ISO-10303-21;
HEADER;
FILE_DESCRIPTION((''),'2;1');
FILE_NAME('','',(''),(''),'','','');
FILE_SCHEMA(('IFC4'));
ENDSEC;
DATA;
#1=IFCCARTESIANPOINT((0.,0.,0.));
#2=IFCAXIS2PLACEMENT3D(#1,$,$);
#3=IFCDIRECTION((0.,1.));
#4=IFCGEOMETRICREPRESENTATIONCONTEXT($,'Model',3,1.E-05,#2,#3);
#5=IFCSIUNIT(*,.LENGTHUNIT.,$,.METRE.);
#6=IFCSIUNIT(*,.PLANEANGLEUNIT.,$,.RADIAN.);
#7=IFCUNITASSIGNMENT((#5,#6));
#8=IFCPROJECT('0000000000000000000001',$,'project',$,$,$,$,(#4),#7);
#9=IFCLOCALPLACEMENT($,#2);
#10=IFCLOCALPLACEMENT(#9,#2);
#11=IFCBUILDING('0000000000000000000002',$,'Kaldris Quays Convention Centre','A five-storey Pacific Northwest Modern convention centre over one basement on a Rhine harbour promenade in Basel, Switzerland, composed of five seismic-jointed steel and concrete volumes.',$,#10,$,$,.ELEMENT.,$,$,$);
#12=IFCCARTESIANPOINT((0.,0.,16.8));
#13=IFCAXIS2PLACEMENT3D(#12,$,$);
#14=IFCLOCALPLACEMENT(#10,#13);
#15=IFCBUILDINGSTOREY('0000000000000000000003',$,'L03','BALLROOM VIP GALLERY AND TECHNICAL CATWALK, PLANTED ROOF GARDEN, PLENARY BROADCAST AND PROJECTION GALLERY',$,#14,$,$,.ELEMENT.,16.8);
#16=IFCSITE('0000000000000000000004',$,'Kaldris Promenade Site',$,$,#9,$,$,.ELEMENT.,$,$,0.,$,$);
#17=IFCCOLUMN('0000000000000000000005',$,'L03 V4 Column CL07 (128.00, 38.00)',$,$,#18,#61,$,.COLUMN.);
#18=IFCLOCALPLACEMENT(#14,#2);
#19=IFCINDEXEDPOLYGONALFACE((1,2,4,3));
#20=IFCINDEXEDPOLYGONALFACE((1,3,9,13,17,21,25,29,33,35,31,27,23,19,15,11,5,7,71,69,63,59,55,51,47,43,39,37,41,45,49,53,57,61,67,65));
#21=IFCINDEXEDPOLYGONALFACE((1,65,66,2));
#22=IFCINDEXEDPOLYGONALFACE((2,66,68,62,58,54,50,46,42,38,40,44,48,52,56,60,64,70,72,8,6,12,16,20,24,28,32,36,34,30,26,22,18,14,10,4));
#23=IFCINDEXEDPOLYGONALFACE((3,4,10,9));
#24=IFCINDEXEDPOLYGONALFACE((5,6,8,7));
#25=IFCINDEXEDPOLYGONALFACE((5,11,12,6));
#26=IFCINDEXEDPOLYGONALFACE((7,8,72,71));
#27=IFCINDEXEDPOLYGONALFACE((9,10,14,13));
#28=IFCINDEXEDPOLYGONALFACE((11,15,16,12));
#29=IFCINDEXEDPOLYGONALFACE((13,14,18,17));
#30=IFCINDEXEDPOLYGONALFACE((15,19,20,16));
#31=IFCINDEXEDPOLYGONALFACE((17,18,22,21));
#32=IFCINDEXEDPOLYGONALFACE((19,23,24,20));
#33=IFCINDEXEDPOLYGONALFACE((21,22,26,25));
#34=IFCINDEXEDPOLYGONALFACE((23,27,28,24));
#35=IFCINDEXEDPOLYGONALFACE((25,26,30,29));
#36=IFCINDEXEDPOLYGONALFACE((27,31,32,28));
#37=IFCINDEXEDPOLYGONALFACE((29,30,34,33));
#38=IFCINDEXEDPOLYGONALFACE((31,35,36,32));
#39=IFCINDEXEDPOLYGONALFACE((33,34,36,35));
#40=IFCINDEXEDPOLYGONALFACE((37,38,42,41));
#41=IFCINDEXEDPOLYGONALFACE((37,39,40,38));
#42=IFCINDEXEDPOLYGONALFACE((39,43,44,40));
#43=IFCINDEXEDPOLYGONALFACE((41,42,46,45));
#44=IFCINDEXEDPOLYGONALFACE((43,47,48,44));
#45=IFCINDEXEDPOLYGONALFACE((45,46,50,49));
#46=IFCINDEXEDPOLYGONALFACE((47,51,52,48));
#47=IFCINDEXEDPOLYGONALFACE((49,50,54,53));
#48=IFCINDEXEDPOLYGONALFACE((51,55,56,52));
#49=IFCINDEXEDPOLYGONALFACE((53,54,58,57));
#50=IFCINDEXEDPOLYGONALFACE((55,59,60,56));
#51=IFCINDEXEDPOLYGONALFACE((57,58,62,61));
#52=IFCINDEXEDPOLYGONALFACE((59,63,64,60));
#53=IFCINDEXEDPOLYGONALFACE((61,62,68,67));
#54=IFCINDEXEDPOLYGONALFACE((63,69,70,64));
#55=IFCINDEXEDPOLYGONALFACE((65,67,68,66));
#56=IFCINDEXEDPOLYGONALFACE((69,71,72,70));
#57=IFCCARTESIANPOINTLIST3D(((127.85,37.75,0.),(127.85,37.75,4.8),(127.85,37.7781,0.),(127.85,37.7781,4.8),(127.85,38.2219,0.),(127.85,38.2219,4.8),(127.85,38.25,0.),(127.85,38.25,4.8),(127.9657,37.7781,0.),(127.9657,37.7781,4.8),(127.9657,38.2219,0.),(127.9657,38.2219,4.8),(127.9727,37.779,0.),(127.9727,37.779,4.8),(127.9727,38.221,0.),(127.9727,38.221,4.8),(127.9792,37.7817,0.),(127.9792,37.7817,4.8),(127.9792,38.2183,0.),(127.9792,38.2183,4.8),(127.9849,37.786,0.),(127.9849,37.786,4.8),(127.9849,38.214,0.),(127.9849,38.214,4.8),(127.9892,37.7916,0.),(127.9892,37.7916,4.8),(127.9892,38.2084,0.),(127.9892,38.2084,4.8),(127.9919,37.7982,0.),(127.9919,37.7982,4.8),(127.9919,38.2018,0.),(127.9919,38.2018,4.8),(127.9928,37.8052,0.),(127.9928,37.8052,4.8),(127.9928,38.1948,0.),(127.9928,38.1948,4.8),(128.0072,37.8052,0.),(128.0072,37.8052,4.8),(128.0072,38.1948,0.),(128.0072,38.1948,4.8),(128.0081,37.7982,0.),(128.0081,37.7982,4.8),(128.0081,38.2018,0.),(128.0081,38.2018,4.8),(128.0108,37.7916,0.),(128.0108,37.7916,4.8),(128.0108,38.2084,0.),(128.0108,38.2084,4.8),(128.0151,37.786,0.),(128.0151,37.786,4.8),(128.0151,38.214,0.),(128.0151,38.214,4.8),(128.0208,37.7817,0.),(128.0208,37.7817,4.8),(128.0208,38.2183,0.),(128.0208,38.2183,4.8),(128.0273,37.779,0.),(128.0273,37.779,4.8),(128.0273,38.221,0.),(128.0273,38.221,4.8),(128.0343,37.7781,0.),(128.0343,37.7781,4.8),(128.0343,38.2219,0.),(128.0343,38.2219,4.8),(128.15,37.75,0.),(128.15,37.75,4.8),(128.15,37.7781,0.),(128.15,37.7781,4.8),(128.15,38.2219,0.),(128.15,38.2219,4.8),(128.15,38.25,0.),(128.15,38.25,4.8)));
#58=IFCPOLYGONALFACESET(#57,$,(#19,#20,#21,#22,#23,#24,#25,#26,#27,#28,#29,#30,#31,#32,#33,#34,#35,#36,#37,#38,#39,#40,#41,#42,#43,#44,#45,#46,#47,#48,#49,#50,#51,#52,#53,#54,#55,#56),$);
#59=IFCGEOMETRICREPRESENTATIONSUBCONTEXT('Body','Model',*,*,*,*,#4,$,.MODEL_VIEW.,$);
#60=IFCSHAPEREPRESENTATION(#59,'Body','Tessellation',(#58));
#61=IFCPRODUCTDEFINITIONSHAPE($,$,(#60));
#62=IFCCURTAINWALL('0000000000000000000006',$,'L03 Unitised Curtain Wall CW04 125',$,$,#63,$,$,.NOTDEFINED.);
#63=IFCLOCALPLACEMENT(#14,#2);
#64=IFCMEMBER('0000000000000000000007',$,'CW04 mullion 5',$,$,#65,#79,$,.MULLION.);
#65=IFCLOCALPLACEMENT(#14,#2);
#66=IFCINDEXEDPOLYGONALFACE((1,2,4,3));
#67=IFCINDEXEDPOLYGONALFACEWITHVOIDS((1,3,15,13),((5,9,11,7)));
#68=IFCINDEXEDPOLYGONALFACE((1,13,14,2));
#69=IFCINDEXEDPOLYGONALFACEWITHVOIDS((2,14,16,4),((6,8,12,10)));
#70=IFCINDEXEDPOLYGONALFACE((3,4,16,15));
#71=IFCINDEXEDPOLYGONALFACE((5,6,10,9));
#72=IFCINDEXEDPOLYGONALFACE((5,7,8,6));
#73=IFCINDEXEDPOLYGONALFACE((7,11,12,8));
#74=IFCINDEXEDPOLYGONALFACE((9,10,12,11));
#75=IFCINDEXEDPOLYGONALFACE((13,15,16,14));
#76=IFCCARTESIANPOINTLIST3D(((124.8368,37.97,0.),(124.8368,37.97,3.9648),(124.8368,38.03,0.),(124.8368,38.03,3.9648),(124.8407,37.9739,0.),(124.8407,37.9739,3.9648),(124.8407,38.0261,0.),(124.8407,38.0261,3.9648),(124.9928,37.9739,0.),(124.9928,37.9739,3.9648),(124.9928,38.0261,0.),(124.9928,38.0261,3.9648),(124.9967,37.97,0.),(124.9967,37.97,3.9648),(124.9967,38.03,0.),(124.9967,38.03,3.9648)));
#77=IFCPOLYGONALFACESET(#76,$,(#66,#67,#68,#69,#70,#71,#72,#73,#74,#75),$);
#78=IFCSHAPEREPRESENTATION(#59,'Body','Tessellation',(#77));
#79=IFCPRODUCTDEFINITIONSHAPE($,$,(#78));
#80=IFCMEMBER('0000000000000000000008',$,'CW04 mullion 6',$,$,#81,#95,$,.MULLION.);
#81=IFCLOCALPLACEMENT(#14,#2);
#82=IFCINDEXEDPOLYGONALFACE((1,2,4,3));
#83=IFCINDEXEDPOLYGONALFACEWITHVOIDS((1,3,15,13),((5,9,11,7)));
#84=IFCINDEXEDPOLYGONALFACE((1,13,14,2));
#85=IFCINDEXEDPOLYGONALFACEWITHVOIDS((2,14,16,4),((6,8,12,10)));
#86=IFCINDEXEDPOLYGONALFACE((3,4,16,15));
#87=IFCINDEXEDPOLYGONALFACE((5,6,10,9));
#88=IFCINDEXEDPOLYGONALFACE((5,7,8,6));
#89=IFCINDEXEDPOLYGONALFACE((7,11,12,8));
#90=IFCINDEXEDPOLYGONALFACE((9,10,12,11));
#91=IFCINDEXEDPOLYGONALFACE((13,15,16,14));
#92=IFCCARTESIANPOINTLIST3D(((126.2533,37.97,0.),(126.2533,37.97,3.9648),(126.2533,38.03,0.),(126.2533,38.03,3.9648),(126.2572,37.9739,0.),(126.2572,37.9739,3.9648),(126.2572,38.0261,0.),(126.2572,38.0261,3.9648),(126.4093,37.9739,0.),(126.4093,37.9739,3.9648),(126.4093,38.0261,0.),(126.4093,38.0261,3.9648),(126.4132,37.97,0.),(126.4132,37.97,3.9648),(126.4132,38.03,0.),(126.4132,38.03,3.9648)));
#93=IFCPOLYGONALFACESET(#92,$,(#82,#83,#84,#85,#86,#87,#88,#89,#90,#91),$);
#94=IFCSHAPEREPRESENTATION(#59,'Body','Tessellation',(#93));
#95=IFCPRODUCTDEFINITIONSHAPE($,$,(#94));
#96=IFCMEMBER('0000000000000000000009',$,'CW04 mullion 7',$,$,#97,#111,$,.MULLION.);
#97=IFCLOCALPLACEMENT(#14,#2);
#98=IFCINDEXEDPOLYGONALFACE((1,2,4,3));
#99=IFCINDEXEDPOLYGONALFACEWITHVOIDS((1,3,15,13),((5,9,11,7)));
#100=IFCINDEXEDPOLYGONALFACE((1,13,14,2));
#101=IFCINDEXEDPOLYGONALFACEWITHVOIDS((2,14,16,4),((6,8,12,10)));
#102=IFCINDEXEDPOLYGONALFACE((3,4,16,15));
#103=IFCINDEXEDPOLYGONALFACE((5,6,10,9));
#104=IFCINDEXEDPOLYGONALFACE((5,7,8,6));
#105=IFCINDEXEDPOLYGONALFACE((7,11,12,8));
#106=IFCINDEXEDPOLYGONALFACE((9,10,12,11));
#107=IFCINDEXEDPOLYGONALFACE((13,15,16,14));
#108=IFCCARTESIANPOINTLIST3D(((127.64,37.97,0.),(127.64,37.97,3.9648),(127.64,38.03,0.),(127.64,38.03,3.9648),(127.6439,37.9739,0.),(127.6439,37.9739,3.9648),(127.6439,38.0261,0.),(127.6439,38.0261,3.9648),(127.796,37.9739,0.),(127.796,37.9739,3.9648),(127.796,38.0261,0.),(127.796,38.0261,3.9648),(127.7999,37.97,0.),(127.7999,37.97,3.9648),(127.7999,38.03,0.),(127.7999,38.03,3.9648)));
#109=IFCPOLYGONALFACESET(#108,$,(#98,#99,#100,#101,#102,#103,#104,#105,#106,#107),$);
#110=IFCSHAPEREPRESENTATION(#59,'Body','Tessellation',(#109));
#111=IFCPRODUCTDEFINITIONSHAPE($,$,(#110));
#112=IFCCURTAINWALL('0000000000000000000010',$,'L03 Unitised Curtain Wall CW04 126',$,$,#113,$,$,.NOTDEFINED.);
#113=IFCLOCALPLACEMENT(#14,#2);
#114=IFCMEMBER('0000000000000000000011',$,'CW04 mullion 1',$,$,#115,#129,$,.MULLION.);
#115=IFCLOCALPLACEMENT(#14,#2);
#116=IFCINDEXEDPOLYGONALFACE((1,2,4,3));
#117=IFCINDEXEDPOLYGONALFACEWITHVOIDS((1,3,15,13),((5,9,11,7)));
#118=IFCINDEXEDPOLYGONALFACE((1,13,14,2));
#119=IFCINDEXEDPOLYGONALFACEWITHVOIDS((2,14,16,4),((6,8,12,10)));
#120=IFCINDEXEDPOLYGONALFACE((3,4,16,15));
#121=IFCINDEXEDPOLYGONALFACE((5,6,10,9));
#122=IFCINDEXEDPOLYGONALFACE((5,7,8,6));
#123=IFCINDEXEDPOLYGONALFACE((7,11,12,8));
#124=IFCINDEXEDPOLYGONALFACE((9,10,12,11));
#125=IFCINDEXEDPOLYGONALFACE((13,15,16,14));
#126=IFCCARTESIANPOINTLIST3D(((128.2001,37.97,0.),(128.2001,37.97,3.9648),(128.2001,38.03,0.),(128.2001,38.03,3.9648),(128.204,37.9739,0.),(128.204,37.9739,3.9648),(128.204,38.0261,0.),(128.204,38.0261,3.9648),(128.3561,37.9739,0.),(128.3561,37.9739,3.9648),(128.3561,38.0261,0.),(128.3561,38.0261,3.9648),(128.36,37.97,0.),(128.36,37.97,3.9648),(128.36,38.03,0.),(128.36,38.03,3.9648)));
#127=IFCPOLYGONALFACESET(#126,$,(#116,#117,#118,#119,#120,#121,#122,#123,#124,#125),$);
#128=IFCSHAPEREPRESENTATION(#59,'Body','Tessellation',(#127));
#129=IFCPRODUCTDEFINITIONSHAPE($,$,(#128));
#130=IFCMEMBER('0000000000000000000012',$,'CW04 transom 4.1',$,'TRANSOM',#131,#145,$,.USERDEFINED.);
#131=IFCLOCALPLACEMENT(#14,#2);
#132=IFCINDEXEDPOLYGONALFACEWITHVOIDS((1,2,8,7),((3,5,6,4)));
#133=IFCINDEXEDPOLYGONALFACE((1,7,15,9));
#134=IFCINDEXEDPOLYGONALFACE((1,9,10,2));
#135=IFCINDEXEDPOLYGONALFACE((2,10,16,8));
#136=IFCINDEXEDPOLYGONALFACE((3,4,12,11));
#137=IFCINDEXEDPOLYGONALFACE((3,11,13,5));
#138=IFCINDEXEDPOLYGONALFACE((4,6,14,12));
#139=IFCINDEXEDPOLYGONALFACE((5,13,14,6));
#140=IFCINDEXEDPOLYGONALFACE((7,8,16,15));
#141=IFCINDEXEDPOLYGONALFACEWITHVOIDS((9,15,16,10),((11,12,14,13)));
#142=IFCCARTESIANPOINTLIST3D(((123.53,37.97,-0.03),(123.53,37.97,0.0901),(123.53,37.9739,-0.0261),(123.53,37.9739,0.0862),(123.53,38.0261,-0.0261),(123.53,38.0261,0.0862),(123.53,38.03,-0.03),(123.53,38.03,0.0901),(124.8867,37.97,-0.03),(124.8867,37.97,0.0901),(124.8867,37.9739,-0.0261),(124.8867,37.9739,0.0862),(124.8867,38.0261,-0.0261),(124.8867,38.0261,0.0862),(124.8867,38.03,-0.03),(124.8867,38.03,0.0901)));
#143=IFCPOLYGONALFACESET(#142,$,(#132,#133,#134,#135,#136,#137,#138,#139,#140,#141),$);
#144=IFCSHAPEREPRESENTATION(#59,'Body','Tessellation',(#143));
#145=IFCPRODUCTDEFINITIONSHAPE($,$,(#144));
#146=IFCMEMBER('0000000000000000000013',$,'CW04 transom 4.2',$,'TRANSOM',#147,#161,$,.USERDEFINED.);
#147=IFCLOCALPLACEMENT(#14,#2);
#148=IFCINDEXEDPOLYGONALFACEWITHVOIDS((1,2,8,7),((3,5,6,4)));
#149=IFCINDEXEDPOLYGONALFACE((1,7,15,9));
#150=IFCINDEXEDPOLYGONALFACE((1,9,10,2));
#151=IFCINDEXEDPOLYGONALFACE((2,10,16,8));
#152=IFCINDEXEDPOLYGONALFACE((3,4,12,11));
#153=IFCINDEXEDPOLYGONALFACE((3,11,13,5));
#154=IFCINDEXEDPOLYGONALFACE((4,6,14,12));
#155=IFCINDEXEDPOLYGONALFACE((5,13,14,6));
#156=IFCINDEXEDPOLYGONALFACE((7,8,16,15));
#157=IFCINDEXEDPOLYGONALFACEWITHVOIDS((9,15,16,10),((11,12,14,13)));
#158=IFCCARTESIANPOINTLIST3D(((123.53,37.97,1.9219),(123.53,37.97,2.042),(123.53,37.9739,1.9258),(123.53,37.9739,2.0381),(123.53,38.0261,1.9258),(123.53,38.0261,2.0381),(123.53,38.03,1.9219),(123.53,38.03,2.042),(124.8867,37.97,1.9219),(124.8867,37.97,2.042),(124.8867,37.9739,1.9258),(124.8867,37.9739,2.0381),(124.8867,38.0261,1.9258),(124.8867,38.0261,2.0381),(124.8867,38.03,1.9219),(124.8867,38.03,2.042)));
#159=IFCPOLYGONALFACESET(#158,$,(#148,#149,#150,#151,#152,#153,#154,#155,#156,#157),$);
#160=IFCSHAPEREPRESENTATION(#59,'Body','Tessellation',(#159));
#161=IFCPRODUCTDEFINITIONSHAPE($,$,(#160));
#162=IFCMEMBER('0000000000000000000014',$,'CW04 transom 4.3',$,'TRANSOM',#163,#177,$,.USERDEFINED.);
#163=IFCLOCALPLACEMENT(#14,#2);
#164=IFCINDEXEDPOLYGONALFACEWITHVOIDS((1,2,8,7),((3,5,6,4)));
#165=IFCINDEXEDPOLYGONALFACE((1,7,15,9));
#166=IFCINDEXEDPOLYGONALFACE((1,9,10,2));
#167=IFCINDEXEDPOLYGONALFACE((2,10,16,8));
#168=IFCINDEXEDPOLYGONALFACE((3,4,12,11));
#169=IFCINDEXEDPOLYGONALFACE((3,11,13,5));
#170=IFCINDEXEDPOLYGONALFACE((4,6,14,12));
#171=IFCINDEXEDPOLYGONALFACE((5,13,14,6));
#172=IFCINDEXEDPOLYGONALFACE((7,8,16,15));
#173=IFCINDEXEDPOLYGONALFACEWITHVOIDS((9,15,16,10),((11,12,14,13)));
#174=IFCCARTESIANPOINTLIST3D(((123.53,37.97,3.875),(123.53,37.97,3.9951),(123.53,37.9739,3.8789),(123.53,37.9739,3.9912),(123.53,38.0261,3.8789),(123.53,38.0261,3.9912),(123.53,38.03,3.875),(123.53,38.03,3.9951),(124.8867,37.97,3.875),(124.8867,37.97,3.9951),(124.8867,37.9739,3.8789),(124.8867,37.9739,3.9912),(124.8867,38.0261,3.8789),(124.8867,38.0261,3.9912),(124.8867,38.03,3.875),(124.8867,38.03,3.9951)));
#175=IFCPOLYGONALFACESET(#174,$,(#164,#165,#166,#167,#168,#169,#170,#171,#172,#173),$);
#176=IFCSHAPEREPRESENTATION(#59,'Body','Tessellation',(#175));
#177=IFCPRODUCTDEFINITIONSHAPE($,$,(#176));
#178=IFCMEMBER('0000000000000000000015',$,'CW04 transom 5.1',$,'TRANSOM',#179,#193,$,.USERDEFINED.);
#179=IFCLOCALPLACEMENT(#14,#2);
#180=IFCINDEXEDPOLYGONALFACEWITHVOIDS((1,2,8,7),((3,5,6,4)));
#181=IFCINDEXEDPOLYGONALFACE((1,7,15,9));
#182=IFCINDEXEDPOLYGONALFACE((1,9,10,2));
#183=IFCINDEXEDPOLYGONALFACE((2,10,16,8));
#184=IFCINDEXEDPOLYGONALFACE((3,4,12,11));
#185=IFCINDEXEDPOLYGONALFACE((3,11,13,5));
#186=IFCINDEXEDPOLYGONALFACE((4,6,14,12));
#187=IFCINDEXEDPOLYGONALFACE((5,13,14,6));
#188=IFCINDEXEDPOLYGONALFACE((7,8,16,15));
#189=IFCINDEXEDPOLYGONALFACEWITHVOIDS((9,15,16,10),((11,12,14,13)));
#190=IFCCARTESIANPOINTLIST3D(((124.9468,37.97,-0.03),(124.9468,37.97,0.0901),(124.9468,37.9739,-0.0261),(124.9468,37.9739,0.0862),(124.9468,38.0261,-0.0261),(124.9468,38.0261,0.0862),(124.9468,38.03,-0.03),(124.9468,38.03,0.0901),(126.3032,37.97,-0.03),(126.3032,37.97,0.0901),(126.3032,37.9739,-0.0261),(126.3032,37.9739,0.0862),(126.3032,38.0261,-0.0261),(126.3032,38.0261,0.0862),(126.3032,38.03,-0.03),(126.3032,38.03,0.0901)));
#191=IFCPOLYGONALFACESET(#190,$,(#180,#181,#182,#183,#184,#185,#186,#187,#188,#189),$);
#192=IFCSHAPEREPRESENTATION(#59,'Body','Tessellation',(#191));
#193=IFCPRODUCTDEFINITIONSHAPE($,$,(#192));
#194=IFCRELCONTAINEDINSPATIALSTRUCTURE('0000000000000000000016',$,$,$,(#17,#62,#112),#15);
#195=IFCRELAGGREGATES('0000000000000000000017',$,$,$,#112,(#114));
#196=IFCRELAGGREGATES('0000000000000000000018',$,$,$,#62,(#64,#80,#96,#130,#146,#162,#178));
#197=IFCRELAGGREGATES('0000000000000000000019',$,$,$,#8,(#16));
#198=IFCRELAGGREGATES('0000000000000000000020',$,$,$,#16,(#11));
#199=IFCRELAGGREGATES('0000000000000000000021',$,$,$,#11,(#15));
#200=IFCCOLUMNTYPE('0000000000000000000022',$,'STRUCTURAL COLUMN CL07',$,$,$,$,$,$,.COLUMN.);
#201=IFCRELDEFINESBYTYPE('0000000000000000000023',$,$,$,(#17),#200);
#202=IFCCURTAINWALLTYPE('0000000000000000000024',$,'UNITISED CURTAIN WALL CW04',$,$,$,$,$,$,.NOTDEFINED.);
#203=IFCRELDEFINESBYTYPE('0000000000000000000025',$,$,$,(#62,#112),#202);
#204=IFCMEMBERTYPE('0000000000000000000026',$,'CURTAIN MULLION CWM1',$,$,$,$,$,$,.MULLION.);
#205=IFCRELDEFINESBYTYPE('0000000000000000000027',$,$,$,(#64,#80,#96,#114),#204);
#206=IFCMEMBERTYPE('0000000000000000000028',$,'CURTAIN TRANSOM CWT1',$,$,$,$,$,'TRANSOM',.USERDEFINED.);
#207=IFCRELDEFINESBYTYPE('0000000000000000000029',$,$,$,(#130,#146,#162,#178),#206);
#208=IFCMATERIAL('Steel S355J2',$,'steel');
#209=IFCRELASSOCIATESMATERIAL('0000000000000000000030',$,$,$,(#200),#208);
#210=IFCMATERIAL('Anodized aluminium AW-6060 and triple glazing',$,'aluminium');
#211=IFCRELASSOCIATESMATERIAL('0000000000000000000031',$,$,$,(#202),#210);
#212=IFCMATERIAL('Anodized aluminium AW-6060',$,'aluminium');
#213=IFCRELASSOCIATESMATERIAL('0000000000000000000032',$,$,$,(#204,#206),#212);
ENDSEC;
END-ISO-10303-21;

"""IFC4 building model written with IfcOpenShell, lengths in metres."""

from ifc_helpers import new_model, si_unit, direction, frame, origin, origin_2d, place, context, subcontext, project, spatial, hollow_rectangle, i_section, extrude, material, material_profile, profile_set, type_object, element, aggregate, save


model = new_model("IFC4")

# Units and contexts
model_context = context("Model", 3, precision=1e-05, world=origin(), true_north=direction((0.0, 1.0)))
body_context = subcontext(model_context, "Body", "Model", "MODEL_VIEW")
ifc_project = project(units=[si_unit("LENGTHUNIT", "METRE"), si_unit("PLANEANGLEUNIT", "RADIAN")], contexts=[model_context])

# Site, building, storey
site_placement = place(None, origin())
site = spatial("IfcSite", under=ifc_project, at=site_placement, Name="Kaldris Promenade Site", CompositionType="ELEMENT", RefElevation=0.0)
building_placement = place(site_placement, origin())
building = spatial("IfcBuilding", under=site, at=building_placement, Name="Kaldris Quays Convention Centre", Description="A five-storey Pacific Northwest Modern convention centre over one basement on a Rhine harbour promenade in Basel, Switzerland, composed of five seismic-jointed steel and concrete volumes.", CompositionType="ELEMENT")
storey_placement = place(building_placement, frame((0.0, 0.0, 16.8)))
storey = spatial("IfcBuildingStorey", under=building, at=storey_placement, Name="L03", Description="BALLROOM VIP GALLERY AND TECHNICAL CATWALK, PLANTED ROOF GARDEN, PLENARY BROADCAST AND PROJECTION GALLERY", CompositionType="ELEMENT", Elevation=16.8)

# Column
ifc_material_1 = material(Name="Steel S355J2", Category="steel")
ifc_material_profile_1 = material_profile(ifc_material_1, i_section(OverallWidth=0.3, OverallDepth=0.5, WebThickness=0.0144, FlangeThickness=0.0281, FilletRadius=0.0271, at=origin_2d()), Name="HEB 500")
ifc_profile_set_1 = profile_set([ifc_material_profile_1], Name="Steel S355J2")
column_type = type_object("IfcColumnType", Name="STRUCTURAL COLUMN CL07", PredefinedType="COLUMN", material=ifc_profile_set_1)
column_placement = place(storey_placement, frame((128.0, 38.0, 0.0), z_axis=(0.0, 0.0, 1.0), x_axis=(1.0, 0.0, 0.0)))
element("IfcColumn", 1, at=column_placement, inside=storey, type_object=column_type, Name="L03 V4 Column CL07 (128.00, 38.00)", PredefinedType="COLUMN", context=body_context, shape_type="SweptSolid", body=[
    extrude(i_section(OverallWidth=0.3, OverallDepth=0.5, WebThickness=0.0144, FlangeThickness=0.0281, FilletRadius=0.0271, at=origin_2d()), origin(), (0.0, 0.0, 1.0), 4.8),
])

# Curtain wall, members
ifc_material_2 = material(Name="Anodized aluminium AW-6060 and triple glazing", Category="aluminium")
curtain_wall_type = type_object("IfcCurtainWallType", Name="UNITISED CURTAIN WALL CW04", PredefinedType="NOTDEFINED", material=ifc_material_2)
curtain_wall_1_placement = place(storey_placement, origin())
curtain_wall_1 = element("IfcCurtainWall", 2, at=curtain_wall_1_placement, inside=storey, type_object=curtain_wall_type, Name="L03 Unitised Curtain Wall CW04 125", PredefinedType="NOTDEFINED")
ifc_material_3 = material(Name="Anodized aluminium AW-6060", Category="aluminium")
ifc_material_profile_2 = material_profile(ifc_material_3, hollow_rectangle(XDim=0.0601, YDim=0.1599, WallThickness=0.0039, at=origin_2d()), Name="RHS 160x60x4")
ifc_profile_set_2 = profile_set([ifc_material_profile_2], Name="Anodized aluminium AW-6060")
member_type_1 = type_object("IfcMemberType", Name="CURTAIN MULLION CWM1", PredefinedType="MULLION", material=ifc_profile_set_2)
member_1_placement = place(storey_placement, frame((124.9167, 38.0, 0.0), z_axis=(0.0, 0.0, 1.0), x_axis=(0.0, 1.0, 0.0)))
member_1 = element("IfcMember", 3, at=member_1_placement, type_object=member_type_1, Name="CW04 mullion 5", PredefinedType="MULLION", context=body_context, shape_type="SweptSolid", body=[
    extrude(hollow_rectangle(XDim=0.0601, YDim=0.1599, WallThickness=0.0039, at=origin_2d()), origin(), (0.0, 0.0, 1.0), 3.9648),
])
member_2_placement = place(storey_placement, frame((126.3333, 38.0, 0.0), z_axis=(0.0, 0.0, 1.0), x_axis=(0.0, 1.0, 0.0)))
member_2 = element("IfcMember", 4, at=member_2_placement, type_object=member_type_1, Name="CW04 mullion 6", PredefinedType="MULLION", context=body_context, shape_type="SweptSolid", body=[
    extrude(hollow_rectangle(XDim=0.0601, YDim=0.1599, WallThickness=0.0039, at=origin_2d()), origin(), (0.0, 0.0, 1.0), 3.9648),
])
member_3_placement = place(storey_placement, frame((127.72, 38.0, 0.0), z_axis=(0.0, 0.0, 1.0), x_axis=(0.0, 1.0, 0.0)))
member_3 = element("IfcMember", 5, at=member_3_placement, type_object=member_type_1, Name="CW04 mullion 7", PredefinedType="MULLION", context=body_context, shape_type="SweptSolid", body=[
    extrude(hollow_rectangle(XDim=0.0601, YDim=0.1599, WallThickness=0.0039, at=origin_2d()), origin(), (0.0, 0.0, 1.0), 3.9648),
])

# Curtain wall, member
curtain_wall_2_placement = place(storey_placement, origin())
curtain_wall_2 = element("IfcCurtainWall", 6, at=curtain_wall_2_placement, inside=storey, type_object=curtain_wall_type, Name="L03 Unitised Curtain Wall CW04 126", PredefinedType="NOTDEFINED")
member_4_placement = place(storey_placement, frame((128.28, 38.0, 0.0), z_axis=(0.0, 0.0, 1.0), x_axis=(0.0, 1.0, 0.0)))
member_4 = element("IfcMember", 7, at=member_4_placement, type_object=member_type_1, Name="CW04 mullion 1", PredefinedType="MULLION", context=body_context, shape_type="SweptSolid", body=[
    extrude(hollow_rectangle(XDim=0.0601, YDim=0.1599, WallThickness=0.0039, at=origin_2d()), origin(), (0.0, 0.0, 1.0), 3.9648),
])

# Members
ifc_material_profile_3 = material_profile(ifc_material_3, hollow_rectangle(XDim=0.0601, YDim=0.1201, WallThickness=0.0039, at=origin_2d()), Name="RHS 120x60x4")
ifc_profile_set_3 = profile_set([ifc_material_profile_3], Name="Anodized aluminium AW-6060")
member_type_2 = type_object("IfcMemberType", Name="CURTAIN TRANSOM CWT1", ElementType="TRANSOM", PredefinedType="USERDEFINED", material=ifc_profile_set_3)
member_5_placement = place(storey_placement, frame((123.53, 38.0, 0.03), z_axis=(1.0, 0.0, 0.0), x_axis=(0.0, 1.0, 0.0)))
member_5 = element("IfcMember", 8, at=member_5_placement, type_object=member_type_2, Name="CW04 transom 4.1", ObjectType="TRANSOM", PredefinedType="USERDEFINED", context=body_context, shape_type="SweptSolid", body=[
    extrude(hollow_rectangle(XDim=0.0601, YDim=0.1201, WallThickness=0.0039, at=origin_2d()), origin(), (0.0, 0.0, 1.0), 1.3567),
])
member_6_placement = place(storey_placement, frame((123.53, 38.0, 1.9819), z_axis=(1.0, 0.0, 0.0), x_axis=(0.0, 1.0, 0.0)))
member_6 = element("IfcMember", 9, at=member_6_placement, type_object=member_type_2, Name="CW04 transom 4.2", ObjectType="TRANSOM", PredefinedType="USERDEFINED", context=body_context, shape_type="SweptSolid", body=[
    extrude(hollow_rectangle(XDim=0.0601, YDim=0.1201, WallThickness=0.0039, at=origin_2d()), origin(), (0.0, 0.0, 1.0), 1.3567),
])
member_7_placement = place(storey_placement, frame((123.53, 38.0, 3.9351), z_axis=(1.0, 0.0, 0.0), x_axis=(0.0, 1.0, 0.0)))
member_7 = element("IfcMember", 10, at=member_7_placement, type_object=member_type_2, Name="CW04 transom 4.3", ObjectType="TRANSOM", PredefinedType="USERDEFINED", context=body_context, shape_type="SweptSolid", body=[
    extrude(hollow_rectangle(XDim=0.0601, YDim=0.1201, WallThickness=0.0039, at=origin_2d()), origin(), (0.0, 0.0, 1.0), 1.3567),
])
member_8_placement = place(storey_placement, frame((124.9468, 38.0, 0.03), z_axis=(1.0, 0.0, 0.0), x_axis=(0.0, 1.0, 0.0)))
member_8 = element("IfcMember", 11, at=member_8_placement, type_object=member_type_2, Name="CW04 transom 5.1", ObjectType="TRANSOM", PredefinedType="USERDEFINED", context=body_context, shape_type="SweptSolid", body=[
    extrude(hollow_rectangle(XDim=0.0601, YDim=0.1201, WallThickness=0.0039, at=origin_2d()), origin(), (0.0, 0.0, 1.0), 1.3564),
])
aggregate(curtain_wall_2, [member_4])

aggregate(curtain_wall_1, [member_1, member_2, member_3, member_5, member_6, member_7, member_8])

save(model, "model.ifc")
